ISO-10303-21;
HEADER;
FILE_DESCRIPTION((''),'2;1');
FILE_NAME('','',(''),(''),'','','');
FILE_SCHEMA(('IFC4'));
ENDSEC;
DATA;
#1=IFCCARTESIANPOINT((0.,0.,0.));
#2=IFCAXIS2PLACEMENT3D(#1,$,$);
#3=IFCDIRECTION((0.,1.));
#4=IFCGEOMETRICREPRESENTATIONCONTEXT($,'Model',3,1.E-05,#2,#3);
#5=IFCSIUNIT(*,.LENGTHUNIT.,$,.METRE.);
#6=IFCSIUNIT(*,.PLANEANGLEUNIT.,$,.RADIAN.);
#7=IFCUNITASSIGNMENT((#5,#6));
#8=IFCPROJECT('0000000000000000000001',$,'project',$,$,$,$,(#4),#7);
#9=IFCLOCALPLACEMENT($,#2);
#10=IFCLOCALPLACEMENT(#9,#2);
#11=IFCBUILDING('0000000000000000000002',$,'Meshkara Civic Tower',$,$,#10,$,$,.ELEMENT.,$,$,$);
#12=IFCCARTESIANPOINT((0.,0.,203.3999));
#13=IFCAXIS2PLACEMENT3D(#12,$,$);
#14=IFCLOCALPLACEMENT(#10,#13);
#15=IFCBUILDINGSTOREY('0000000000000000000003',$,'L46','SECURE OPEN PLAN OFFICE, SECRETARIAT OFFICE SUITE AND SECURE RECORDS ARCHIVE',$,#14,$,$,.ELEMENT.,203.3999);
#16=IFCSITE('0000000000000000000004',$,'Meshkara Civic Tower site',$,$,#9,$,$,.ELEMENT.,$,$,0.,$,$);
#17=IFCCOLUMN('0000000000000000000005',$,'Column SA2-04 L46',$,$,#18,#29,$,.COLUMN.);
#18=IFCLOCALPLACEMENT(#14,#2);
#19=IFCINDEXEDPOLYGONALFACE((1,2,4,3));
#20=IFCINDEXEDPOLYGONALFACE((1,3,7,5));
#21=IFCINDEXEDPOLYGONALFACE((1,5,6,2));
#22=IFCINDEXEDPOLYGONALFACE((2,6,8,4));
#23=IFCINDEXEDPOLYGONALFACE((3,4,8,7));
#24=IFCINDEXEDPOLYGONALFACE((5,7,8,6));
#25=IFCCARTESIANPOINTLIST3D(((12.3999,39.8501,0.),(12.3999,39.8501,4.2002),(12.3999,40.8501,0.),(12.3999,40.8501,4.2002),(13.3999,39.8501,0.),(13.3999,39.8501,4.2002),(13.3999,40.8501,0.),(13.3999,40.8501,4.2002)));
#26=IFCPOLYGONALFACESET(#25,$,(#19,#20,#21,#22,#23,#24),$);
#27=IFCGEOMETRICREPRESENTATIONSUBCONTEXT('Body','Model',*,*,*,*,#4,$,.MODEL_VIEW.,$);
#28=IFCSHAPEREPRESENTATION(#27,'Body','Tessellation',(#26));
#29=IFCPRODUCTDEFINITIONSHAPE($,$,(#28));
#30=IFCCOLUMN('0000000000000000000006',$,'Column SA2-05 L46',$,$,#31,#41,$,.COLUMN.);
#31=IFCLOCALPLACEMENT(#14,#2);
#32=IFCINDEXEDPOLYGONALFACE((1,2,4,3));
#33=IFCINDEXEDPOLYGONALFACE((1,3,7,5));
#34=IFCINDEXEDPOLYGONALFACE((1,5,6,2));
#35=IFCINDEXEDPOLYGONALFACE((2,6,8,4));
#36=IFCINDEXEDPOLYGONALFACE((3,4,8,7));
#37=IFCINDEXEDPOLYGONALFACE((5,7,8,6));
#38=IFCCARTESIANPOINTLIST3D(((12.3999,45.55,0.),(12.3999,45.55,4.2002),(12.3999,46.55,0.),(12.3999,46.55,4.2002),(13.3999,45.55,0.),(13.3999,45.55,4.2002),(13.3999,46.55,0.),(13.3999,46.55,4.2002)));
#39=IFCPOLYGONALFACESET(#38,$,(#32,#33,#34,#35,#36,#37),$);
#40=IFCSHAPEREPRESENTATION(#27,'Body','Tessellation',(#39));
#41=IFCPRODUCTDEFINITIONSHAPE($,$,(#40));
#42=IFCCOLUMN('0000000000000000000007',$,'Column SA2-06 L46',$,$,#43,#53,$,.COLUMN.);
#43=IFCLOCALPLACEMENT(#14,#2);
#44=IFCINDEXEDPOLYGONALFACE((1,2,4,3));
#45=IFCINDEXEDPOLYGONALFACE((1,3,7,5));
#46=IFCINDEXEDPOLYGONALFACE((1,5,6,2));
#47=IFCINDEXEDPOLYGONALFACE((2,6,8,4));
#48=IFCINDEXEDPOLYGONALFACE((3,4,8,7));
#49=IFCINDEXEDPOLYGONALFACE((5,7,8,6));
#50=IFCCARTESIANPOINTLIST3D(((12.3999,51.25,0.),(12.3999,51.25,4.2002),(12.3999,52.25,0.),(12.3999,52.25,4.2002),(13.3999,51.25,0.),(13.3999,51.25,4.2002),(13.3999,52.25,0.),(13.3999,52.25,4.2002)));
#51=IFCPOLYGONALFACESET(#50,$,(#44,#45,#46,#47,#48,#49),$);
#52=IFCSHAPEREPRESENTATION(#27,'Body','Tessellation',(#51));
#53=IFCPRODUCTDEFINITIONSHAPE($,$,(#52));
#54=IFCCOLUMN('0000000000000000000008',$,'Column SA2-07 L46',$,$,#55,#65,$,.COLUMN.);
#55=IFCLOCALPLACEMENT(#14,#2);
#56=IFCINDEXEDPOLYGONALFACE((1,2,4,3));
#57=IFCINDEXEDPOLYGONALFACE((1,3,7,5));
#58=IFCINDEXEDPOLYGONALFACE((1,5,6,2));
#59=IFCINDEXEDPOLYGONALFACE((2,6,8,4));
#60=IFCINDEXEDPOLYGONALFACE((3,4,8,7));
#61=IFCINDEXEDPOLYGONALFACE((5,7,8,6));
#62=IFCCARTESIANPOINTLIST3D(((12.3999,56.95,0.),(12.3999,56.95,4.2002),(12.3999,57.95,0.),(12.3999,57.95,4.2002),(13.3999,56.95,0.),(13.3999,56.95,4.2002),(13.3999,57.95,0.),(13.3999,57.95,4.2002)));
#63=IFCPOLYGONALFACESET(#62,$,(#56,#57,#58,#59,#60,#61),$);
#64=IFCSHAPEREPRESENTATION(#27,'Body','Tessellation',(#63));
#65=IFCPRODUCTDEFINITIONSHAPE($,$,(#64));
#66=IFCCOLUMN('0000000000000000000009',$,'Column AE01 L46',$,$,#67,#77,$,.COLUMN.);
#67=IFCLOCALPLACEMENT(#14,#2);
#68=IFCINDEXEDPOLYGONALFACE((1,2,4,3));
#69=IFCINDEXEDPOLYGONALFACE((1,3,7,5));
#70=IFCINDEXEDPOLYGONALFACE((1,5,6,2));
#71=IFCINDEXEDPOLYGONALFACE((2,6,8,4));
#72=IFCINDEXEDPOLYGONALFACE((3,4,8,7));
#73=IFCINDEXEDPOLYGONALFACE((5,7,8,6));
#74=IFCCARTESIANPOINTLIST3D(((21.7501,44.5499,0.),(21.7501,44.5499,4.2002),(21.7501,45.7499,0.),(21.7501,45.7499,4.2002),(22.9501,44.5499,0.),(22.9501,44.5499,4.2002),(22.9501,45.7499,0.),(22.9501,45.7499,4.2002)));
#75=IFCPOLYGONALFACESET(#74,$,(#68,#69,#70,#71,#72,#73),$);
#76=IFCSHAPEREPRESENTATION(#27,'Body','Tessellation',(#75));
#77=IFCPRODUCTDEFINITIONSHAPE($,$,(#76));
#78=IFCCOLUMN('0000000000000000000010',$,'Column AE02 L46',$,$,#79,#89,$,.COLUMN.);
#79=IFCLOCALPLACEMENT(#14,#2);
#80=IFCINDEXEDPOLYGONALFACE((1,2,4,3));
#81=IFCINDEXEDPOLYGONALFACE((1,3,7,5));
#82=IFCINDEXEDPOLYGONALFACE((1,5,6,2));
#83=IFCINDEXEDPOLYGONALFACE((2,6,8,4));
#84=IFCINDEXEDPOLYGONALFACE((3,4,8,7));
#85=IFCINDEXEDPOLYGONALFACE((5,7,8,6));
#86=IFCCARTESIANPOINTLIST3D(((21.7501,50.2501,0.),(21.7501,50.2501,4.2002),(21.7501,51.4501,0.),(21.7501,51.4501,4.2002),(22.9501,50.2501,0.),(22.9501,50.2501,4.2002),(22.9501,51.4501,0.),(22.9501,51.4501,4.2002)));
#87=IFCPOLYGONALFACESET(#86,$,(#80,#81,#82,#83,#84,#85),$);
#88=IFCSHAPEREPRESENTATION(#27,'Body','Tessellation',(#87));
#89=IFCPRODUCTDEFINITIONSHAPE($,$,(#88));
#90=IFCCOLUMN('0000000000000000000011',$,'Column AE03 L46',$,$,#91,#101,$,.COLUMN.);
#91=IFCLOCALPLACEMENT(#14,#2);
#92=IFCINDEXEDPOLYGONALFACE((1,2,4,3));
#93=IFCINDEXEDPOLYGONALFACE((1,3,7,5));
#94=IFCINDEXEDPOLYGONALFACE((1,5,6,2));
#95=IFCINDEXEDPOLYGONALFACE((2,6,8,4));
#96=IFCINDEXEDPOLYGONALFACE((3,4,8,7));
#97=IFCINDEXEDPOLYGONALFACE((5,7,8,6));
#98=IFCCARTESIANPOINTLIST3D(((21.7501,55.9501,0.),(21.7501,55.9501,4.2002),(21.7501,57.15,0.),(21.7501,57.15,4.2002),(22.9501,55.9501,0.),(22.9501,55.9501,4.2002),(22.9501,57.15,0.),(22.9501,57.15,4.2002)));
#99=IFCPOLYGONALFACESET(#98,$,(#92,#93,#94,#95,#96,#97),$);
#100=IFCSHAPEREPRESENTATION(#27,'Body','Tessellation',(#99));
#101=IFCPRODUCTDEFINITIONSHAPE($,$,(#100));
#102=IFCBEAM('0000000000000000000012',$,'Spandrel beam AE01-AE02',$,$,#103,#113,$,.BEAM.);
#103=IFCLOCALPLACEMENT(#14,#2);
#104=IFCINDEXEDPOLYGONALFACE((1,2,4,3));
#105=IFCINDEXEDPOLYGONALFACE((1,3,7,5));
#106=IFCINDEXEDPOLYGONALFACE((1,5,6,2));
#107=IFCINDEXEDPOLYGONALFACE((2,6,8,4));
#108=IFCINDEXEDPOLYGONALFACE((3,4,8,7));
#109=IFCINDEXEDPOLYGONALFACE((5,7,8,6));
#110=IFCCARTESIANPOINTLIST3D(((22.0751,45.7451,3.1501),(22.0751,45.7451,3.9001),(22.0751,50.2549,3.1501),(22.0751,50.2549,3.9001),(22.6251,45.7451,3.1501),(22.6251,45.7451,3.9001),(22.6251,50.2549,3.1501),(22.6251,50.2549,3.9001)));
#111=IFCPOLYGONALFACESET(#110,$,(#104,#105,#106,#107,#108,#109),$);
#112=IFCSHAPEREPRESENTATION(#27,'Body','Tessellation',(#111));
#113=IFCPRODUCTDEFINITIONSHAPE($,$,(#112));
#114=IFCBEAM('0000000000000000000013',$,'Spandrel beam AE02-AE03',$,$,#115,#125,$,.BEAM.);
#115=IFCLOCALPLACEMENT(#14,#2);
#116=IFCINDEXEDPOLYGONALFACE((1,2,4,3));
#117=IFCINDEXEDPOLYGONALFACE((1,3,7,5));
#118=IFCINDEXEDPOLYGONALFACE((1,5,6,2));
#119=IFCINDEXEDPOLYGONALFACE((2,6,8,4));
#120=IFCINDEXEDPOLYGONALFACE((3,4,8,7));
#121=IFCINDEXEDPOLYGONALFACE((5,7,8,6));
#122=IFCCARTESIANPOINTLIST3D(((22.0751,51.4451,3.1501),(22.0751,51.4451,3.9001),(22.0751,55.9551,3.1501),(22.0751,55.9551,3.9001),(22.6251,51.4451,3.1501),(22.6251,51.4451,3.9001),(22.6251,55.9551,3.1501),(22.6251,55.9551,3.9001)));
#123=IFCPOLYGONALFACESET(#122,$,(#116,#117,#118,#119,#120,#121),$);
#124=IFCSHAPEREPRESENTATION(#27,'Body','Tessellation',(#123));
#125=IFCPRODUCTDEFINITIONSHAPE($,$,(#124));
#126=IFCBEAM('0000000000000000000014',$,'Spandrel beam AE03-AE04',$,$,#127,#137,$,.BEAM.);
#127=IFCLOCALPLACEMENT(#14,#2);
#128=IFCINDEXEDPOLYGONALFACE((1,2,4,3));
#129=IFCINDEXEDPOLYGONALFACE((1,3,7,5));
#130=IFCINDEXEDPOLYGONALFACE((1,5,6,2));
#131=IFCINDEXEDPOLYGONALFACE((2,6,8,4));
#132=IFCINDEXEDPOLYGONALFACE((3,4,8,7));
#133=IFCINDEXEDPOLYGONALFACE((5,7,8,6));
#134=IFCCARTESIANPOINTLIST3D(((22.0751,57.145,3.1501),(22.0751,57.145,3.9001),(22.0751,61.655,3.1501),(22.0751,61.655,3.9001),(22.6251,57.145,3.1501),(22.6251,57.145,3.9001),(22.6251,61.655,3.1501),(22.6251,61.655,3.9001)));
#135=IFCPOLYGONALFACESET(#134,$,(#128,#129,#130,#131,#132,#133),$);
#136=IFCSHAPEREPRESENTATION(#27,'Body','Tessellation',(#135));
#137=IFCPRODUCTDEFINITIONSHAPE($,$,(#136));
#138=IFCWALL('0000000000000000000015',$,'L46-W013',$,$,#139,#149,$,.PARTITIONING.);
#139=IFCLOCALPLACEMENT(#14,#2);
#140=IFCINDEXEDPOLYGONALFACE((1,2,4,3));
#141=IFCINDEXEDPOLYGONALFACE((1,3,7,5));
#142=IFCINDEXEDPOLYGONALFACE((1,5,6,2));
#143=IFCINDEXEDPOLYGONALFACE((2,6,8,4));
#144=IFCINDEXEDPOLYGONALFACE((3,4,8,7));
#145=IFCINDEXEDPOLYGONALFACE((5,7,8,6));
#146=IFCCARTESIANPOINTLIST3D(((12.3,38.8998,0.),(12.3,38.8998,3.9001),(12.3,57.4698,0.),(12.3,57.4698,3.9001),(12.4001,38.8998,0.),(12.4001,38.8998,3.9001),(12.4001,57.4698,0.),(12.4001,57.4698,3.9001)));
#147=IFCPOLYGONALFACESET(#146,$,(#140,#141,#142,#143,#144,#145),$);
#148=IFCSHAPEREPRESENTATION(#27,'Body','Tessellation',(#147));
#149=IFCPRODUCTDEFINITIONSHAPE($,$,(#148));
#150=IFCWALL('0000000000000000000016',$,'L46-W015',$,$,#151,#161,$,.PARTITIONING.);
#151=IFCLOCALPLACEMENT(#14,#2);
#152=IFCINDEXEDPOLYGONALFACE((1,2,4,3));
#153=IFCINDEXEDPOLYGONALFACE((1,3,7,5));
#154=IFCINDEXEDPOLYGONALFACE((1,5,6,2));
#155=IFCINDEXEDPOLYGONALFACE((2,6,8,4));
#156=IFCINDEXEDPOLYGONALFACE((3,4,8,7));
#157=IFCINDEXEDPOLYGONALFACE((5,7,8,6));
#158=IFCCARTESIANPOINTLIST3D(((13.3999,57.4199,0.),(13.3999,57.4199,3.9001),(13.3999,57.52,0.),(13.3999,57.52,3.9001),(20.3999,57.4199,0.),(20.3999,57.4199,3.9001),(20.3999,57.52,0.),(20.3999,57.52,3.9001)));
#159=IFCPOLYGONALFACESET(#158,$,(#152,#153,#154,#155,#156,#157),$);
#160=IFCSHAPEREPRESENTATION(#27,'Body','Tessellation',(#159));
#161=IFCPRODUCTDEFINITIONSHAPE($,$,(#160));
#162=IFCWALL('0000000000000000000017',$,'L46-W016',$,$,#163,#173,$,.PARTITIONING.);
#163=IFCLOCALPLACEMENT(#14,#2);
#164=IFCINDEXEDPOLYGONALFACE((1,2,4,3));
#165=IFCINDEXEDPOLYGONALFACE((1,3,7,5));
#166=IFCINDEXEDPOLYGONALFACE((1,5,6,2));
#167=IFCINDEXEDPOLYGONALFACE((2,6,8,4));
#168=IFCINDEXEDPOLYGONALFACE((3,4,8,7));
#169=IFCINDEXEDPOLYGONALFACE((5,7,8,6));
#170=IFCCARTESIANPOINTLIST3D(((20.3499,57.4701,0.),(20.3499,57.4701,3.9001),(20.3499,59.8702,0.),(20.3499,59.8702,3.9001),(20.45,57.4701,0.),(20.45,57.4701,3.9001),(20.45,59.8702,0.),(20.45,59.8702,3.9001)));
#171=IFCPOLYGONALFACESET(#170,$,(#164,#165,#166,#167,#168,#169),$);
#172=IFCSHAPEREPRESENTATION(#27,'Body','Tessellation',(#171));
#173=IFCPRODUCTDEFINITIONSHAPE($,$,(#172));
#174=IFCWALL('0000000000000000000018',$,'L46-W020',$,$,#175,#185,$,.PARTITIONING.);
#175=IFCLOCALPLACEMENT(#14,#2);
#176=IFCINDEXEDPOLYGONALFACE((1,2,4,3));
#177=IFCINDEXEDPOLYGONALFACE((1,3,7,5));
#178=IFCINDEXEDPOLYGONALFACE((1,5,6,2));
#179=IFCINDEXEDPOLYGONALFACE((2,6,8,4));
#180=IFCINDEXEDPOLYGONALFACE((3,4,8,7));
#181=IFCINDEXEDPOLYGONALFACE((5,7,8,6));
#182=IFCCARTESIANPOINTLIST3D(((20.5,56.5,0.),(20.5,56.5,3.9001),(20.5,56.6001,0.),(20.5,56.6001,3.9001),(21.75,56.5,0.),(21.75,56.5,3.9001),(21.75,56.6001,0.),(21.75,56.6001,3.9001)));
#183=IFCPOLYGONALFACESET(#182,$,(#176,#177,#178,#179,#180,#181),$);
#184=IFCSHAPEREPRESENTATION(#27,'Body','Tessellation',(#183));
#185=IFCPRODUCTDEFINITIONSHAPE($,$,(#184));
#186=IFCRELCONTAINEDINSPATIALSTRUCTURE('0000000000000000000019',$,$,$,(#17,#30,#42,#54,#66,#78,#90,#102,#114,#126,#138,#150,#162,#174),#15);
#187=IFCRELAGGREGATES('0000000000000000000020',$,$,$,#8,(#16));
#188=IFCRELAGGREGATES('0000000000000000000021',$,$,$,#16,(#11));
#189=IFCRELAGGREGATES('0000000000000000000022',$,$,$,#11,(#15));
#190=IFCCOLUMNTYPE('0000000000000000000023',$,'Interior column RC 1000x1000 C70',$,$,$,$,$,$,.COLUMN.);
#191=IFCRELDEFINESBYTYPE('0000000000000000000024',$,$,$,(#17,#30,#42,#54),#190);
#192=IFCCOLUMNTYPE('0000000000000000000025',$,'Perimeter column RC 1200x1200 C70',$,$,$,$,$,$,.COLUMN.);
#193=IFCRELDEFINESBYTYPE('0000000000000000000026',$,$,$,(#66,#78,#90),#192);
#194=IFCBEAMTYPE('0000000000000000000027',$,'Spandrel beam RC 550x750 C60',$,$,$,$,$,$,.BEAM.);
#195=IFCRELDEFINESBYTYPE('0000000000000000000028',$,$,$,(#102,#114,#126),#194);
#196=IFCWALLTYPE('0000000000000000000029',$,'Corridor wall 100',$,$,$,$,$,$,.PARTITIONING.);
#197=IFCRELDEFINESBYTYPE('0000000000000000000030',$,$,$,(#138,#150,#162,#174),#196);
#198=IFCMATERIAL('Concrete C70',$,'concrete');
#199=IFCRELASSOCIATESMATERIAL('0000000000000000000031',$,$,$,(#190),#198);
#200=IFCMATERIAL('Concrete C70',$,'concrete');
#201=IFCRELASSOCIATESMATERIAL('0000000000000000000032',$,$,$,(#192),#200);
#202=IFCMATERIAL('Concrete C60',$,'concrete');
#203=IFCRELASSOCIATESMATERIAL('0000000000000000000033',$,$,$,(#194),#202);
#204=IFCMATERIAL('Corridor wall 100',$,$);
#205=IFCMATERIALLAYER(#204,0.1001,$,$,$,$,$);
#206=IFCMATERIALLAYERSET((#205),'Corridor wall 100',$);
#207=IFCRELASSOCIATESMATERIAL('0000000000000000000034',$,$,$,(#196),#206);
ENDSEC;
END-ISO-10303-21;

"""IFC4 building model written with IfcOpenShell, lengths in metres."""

from ifc_helpers import new_model, si_unit, direction, frame, frame_2d, origin, origin_2d, place, context, subcontext, project, spatial, rectangle, extrude, material, layer, layer_set, material_profile, profile_set, type_object, element, save


model = new_model("IFC4")

# Units and contexts
model_context = context("Model", 3, precision=1e-05, world=origin(), true_north=direction((0.0, 1.0)))
body_context = subcontext(model_context, "Body", "Model", "MODEL_VIEW")
ifc_project = project(units=[si_unit("LENGTHUNIT", "METRE"), si_unit("PLANEANGLEUNIT", "RADIAN")], contexts=[model_context])

# Site, building, storey
site_placement = place(None, origin())
site = spatial("IfcSite", under=ifc_project, at=site_placement, Name="Meshkara Civic Tower site", CompositionType="ELEMENT", RefElevation=0.0)
building_placement = place(site_placement, origin())
building = spatial("IfcBuilding", under=site, at=building_placement, Name="Meshkara Civic Tower", CompositionType="ELEMENT")
storey_placement = place(building_placement, frame((0.0, 0.0, 203.3999)))
storey = spatial("IfcBuildingStorey", under=building, at=storey_placement, Name="L46", Description="SECURE OPEN PLAN OFFICE, SECRETARIAT OFFICE SUITE AND SECURE RECORDS ARCHIVE", CompositionType="ELEMENT", Elevation=203.3999)

# Columns
ifc_material_1 = material(Name="Concrete C70", Category="concrete")
ifc_material_profile_1 = material_profile(ifc_material_1, rectangle(XDim=1.0, YDim=1.0, at=origin_2d()))
ifc_profile_set_1 = profile_set([ifc_material_profile_1], Name="Concrete C70")
column_type_1 = type_object("IfcColumnType", Name="Interior column RC 1000x1000 C70", PredefinedType="COLUMN", material=ifc_profile_set_1)
for number, where, z_axis, x_axis, name in (
    (1, (12.8999, 40.3501, 0.0), (0.0, 0.0, 1.0), (1.0, 0.0, 0.0), "Column SA2-04 L46"),
    (2, (12.8999, 46.05, 0.0), (0.0, 0.0, 1.0), (1.0, 0.0, 0.0), "Column SA2-05 L46"),
    (3, (12.8999, 51.75, 0.0), (0.0, 0.0, 1.0), (1.0, 0.0, 0.0), "Column SA2-06 L46"),
    (4, (12.8999, 57.45, 0.0), (0.0, 0.0, 1.0), (1.0, 0.0, 0.0), "Column SA2-07 L46"),
):
    element("IfcColumn", number, at=place(storey_placement, frame(where, z_axis=z_axis, x_axis=x_axis)), inside=storey, type_object=column_type_1, Name=name, PredefinedType="COLUMN", context=body_context, shape_type="SweptSolid", body=[
        extrude(rectangle(XDim=1.0, YDim=1.0, at=origin_2d()), origin(), (0.0, 0.0, 1.0), 4.2002),
    ])
ifc_material_2 = material(Name="Concrete C70", Category="concrete")
ifc_material_profile_2 = material_profile(ifc_material_2, rectangle(XDim=1.2, YDim=1.2, at=origin_2d()))
ifc_profile_set_2 = profile_set([ifc_material_profile_2], Name="Concrete C70")
column_type_2 = type_object("IfcColumnType", Name="Perimeter column RC 1200x1200 C70", PredefinedType="COLUMN", material=ifc_profile_set_2)
for number, where, z_axis, x_axis, name in (
    (5, (22.3501, 45.1499, 0.0), (0.0, 0.0, 1.0), (1.0, 0.0, 0.0), "Column AE01 L46"),
    (6, (22.3501, 50.8501, 0.0), (0.0, 0.0, 1.0), (1.0, 0.0, 0.0), "Column AE02 L46"),
    (7, (22.3501, 56.55, 0.0), (0.0, 0.0, 1.0), (1.0, 0.0, 0.0), "Column AE03 L46"),
):
    element("IfcColumn", number, at=place(storey_placement, frame(where, z_axis=z_axis, x_axis=x_axis)), inside=storey, type_object=column_type_2, Name=name, PredefinedType="COLUMN", context=body_context, shape_type="SweptSolid", body=[
        extrude(rectangle(XDim=1.2, YDim=1.2, at=origin_2d()), origin(), (0.0, 0.0, 1.0), 4.2002),
    ])

# Beams
ifc_material_3 = material(Name="Concrete C60", Category="concrete")
ifc_material_profile_3 = material_profile(ifc_material_3, rectangle(XDim=0.55, YDim=0.75, at=origin_2d()))
ifc_profile_set_3 = profile_set([ifc_material_profile_3], Name="Concrete C60")
beam_type = type_object("IfcBeamType", Name="Spandrel beam RC 550x750 C60", PredefinedType="BEAM", material=ifc_profile_set_3)
beam_placement = place(storey_placement, frame((22.3501, 45.7451, 3.5251), z_axis=(0.0, 1.0, 0.0), x_axis=(-1.0, 0.0, 0.0)))
element("IfcBeam", 8, at=beam_placement, inside=storey, type_object=beam_type, Name="Spandrel beam AE01-AE02", PredefinedType="BEAM", context=body_context, shape_type="SweptSolid", body=[
    extrude(rectangle(XDim=0.55, YDim=0.75, at=origin_2d()), origin(), (0.0, 0.0, 1.0), 4.5098),
])
for number, where, z_axis, x_axis, name in (
    (9, (22.3501, 51.4451, 3.5251), (0.0, 1.0, 0.0), (-1.0, 0.0, 0.0), "Spandrel beam AE02-AE03"),
    (10, (22.3501, 57.145, 3.5251), (0.0, 1.0, 0.0), (-1.0, 0.0, 0.0), "Spandrel beam AE03-AE04"),
):
    element("IfcBeam", number, at=place(storey_placement, frame(where, z_axis=z_axis, x_axis=x_axis)), inside=storey, type_object=beam_type, Name=name, PredefinedType="BEAM", context=body_context, shape_type="SweptSolid", body=[
        extrude(rectangle(XDim=0.55, YDim=0.75, at=origin_2d()), origin(), (0.0, 0.0, 1.0), 4.51),
    ])

# Walls
ifc_material_4 = material(Name="Corridor wall 100")
ifc_layer_1 = layer(ifc_material_4, 0.1001)
ifc_layer_set_1 = layer_set([ifc_layer_1], Name="Corridor wall 100")
wall_type_1 = type_object("IfcWallType", Name="Corridor wall 100", PredefinedType="PARTITIONING", material=ifc_layer_set_1)
wall_1_placement = place(storey_placement, frame((12.3501, 57.47, 0.0), z_axis=(0.0, 0.0, 1.0), x_axis=(0.0, -1.0, 0.0)))
element("IfcWall", 11, at=wall_1_placement, inside=storey, type_object=wall_type_1, Name="L46-W013", PredefinedType="PARTITIONING", context=body_context, shape_type="SweptSolid", body=[
    extrude(rectangle(XDim=18.5701, YDim=0.1001, at=frame_2d((9.2852, 0.0))), origin(), (0.0, 0.0, 1.0), 3.9001),
])
wall_2_placement = place(storey_placement, frame((13.3999, 57.47, 0.0), z_axis=(0.0, 0.0, 1.0), x_axis=(1.0, 0.0, 0.0)))
element("IfcWall", 12, at=wall_2_placement, inside=storey, type_object=wall_type_1, Name="L46-W015", PredefinedType="PARTITIONING", context=body_context, shape_type="SweptSolid", body=[
    extrude(rectangle(XDim=7.0, YDim=0.1001, at=frame_2d((3.5, 0.0))), origin(), (0.0, 0.0, 1.0), 3.9001),
])
wall_3_placement = place(storey_placement, frame((20.3999, 57.47, 0.0), z_axis=(0.0, 0.0, 1.0), x_axis=(0.0, 1.0, 0.0)))
element("IfcWall", 13, at=wall_3_placement, inside=storey, type_object=wall_type_1, Name="L46-W016", PredefinedType="PARTITIONING", context=body_context, shape_type="SweptSolid", body=[
    extrude(rectangle(XDim=2.4001, YDim=0.1001, at=frame_2d((1.2002, 0.0))), origin(), (0.0, 0.0, 1.0), 3.9001),
])
wall_4_placement = place(storey_placement, frame((21.75, 56.55, 0.0), z_axis=(0.0, 0.0, 1.0), x_axis=(-1.0, 0.0, 0.0)))
element("IfcWall", 14, at=wall_4_placement, inside=storey, type_object=wall_type_1, Name="L46-W020", PredefinedType="PARTITIONING", context=body_context, shape_type="SweptSolid", body=[
    extrude(rectangle(XDim=1.25, YDim=0.1001, at=frame_2d((0.625, 0.0))), origin(), (0.0, 0.0, 1.0), 3.9001),
])

save(model, "model.ifc")
